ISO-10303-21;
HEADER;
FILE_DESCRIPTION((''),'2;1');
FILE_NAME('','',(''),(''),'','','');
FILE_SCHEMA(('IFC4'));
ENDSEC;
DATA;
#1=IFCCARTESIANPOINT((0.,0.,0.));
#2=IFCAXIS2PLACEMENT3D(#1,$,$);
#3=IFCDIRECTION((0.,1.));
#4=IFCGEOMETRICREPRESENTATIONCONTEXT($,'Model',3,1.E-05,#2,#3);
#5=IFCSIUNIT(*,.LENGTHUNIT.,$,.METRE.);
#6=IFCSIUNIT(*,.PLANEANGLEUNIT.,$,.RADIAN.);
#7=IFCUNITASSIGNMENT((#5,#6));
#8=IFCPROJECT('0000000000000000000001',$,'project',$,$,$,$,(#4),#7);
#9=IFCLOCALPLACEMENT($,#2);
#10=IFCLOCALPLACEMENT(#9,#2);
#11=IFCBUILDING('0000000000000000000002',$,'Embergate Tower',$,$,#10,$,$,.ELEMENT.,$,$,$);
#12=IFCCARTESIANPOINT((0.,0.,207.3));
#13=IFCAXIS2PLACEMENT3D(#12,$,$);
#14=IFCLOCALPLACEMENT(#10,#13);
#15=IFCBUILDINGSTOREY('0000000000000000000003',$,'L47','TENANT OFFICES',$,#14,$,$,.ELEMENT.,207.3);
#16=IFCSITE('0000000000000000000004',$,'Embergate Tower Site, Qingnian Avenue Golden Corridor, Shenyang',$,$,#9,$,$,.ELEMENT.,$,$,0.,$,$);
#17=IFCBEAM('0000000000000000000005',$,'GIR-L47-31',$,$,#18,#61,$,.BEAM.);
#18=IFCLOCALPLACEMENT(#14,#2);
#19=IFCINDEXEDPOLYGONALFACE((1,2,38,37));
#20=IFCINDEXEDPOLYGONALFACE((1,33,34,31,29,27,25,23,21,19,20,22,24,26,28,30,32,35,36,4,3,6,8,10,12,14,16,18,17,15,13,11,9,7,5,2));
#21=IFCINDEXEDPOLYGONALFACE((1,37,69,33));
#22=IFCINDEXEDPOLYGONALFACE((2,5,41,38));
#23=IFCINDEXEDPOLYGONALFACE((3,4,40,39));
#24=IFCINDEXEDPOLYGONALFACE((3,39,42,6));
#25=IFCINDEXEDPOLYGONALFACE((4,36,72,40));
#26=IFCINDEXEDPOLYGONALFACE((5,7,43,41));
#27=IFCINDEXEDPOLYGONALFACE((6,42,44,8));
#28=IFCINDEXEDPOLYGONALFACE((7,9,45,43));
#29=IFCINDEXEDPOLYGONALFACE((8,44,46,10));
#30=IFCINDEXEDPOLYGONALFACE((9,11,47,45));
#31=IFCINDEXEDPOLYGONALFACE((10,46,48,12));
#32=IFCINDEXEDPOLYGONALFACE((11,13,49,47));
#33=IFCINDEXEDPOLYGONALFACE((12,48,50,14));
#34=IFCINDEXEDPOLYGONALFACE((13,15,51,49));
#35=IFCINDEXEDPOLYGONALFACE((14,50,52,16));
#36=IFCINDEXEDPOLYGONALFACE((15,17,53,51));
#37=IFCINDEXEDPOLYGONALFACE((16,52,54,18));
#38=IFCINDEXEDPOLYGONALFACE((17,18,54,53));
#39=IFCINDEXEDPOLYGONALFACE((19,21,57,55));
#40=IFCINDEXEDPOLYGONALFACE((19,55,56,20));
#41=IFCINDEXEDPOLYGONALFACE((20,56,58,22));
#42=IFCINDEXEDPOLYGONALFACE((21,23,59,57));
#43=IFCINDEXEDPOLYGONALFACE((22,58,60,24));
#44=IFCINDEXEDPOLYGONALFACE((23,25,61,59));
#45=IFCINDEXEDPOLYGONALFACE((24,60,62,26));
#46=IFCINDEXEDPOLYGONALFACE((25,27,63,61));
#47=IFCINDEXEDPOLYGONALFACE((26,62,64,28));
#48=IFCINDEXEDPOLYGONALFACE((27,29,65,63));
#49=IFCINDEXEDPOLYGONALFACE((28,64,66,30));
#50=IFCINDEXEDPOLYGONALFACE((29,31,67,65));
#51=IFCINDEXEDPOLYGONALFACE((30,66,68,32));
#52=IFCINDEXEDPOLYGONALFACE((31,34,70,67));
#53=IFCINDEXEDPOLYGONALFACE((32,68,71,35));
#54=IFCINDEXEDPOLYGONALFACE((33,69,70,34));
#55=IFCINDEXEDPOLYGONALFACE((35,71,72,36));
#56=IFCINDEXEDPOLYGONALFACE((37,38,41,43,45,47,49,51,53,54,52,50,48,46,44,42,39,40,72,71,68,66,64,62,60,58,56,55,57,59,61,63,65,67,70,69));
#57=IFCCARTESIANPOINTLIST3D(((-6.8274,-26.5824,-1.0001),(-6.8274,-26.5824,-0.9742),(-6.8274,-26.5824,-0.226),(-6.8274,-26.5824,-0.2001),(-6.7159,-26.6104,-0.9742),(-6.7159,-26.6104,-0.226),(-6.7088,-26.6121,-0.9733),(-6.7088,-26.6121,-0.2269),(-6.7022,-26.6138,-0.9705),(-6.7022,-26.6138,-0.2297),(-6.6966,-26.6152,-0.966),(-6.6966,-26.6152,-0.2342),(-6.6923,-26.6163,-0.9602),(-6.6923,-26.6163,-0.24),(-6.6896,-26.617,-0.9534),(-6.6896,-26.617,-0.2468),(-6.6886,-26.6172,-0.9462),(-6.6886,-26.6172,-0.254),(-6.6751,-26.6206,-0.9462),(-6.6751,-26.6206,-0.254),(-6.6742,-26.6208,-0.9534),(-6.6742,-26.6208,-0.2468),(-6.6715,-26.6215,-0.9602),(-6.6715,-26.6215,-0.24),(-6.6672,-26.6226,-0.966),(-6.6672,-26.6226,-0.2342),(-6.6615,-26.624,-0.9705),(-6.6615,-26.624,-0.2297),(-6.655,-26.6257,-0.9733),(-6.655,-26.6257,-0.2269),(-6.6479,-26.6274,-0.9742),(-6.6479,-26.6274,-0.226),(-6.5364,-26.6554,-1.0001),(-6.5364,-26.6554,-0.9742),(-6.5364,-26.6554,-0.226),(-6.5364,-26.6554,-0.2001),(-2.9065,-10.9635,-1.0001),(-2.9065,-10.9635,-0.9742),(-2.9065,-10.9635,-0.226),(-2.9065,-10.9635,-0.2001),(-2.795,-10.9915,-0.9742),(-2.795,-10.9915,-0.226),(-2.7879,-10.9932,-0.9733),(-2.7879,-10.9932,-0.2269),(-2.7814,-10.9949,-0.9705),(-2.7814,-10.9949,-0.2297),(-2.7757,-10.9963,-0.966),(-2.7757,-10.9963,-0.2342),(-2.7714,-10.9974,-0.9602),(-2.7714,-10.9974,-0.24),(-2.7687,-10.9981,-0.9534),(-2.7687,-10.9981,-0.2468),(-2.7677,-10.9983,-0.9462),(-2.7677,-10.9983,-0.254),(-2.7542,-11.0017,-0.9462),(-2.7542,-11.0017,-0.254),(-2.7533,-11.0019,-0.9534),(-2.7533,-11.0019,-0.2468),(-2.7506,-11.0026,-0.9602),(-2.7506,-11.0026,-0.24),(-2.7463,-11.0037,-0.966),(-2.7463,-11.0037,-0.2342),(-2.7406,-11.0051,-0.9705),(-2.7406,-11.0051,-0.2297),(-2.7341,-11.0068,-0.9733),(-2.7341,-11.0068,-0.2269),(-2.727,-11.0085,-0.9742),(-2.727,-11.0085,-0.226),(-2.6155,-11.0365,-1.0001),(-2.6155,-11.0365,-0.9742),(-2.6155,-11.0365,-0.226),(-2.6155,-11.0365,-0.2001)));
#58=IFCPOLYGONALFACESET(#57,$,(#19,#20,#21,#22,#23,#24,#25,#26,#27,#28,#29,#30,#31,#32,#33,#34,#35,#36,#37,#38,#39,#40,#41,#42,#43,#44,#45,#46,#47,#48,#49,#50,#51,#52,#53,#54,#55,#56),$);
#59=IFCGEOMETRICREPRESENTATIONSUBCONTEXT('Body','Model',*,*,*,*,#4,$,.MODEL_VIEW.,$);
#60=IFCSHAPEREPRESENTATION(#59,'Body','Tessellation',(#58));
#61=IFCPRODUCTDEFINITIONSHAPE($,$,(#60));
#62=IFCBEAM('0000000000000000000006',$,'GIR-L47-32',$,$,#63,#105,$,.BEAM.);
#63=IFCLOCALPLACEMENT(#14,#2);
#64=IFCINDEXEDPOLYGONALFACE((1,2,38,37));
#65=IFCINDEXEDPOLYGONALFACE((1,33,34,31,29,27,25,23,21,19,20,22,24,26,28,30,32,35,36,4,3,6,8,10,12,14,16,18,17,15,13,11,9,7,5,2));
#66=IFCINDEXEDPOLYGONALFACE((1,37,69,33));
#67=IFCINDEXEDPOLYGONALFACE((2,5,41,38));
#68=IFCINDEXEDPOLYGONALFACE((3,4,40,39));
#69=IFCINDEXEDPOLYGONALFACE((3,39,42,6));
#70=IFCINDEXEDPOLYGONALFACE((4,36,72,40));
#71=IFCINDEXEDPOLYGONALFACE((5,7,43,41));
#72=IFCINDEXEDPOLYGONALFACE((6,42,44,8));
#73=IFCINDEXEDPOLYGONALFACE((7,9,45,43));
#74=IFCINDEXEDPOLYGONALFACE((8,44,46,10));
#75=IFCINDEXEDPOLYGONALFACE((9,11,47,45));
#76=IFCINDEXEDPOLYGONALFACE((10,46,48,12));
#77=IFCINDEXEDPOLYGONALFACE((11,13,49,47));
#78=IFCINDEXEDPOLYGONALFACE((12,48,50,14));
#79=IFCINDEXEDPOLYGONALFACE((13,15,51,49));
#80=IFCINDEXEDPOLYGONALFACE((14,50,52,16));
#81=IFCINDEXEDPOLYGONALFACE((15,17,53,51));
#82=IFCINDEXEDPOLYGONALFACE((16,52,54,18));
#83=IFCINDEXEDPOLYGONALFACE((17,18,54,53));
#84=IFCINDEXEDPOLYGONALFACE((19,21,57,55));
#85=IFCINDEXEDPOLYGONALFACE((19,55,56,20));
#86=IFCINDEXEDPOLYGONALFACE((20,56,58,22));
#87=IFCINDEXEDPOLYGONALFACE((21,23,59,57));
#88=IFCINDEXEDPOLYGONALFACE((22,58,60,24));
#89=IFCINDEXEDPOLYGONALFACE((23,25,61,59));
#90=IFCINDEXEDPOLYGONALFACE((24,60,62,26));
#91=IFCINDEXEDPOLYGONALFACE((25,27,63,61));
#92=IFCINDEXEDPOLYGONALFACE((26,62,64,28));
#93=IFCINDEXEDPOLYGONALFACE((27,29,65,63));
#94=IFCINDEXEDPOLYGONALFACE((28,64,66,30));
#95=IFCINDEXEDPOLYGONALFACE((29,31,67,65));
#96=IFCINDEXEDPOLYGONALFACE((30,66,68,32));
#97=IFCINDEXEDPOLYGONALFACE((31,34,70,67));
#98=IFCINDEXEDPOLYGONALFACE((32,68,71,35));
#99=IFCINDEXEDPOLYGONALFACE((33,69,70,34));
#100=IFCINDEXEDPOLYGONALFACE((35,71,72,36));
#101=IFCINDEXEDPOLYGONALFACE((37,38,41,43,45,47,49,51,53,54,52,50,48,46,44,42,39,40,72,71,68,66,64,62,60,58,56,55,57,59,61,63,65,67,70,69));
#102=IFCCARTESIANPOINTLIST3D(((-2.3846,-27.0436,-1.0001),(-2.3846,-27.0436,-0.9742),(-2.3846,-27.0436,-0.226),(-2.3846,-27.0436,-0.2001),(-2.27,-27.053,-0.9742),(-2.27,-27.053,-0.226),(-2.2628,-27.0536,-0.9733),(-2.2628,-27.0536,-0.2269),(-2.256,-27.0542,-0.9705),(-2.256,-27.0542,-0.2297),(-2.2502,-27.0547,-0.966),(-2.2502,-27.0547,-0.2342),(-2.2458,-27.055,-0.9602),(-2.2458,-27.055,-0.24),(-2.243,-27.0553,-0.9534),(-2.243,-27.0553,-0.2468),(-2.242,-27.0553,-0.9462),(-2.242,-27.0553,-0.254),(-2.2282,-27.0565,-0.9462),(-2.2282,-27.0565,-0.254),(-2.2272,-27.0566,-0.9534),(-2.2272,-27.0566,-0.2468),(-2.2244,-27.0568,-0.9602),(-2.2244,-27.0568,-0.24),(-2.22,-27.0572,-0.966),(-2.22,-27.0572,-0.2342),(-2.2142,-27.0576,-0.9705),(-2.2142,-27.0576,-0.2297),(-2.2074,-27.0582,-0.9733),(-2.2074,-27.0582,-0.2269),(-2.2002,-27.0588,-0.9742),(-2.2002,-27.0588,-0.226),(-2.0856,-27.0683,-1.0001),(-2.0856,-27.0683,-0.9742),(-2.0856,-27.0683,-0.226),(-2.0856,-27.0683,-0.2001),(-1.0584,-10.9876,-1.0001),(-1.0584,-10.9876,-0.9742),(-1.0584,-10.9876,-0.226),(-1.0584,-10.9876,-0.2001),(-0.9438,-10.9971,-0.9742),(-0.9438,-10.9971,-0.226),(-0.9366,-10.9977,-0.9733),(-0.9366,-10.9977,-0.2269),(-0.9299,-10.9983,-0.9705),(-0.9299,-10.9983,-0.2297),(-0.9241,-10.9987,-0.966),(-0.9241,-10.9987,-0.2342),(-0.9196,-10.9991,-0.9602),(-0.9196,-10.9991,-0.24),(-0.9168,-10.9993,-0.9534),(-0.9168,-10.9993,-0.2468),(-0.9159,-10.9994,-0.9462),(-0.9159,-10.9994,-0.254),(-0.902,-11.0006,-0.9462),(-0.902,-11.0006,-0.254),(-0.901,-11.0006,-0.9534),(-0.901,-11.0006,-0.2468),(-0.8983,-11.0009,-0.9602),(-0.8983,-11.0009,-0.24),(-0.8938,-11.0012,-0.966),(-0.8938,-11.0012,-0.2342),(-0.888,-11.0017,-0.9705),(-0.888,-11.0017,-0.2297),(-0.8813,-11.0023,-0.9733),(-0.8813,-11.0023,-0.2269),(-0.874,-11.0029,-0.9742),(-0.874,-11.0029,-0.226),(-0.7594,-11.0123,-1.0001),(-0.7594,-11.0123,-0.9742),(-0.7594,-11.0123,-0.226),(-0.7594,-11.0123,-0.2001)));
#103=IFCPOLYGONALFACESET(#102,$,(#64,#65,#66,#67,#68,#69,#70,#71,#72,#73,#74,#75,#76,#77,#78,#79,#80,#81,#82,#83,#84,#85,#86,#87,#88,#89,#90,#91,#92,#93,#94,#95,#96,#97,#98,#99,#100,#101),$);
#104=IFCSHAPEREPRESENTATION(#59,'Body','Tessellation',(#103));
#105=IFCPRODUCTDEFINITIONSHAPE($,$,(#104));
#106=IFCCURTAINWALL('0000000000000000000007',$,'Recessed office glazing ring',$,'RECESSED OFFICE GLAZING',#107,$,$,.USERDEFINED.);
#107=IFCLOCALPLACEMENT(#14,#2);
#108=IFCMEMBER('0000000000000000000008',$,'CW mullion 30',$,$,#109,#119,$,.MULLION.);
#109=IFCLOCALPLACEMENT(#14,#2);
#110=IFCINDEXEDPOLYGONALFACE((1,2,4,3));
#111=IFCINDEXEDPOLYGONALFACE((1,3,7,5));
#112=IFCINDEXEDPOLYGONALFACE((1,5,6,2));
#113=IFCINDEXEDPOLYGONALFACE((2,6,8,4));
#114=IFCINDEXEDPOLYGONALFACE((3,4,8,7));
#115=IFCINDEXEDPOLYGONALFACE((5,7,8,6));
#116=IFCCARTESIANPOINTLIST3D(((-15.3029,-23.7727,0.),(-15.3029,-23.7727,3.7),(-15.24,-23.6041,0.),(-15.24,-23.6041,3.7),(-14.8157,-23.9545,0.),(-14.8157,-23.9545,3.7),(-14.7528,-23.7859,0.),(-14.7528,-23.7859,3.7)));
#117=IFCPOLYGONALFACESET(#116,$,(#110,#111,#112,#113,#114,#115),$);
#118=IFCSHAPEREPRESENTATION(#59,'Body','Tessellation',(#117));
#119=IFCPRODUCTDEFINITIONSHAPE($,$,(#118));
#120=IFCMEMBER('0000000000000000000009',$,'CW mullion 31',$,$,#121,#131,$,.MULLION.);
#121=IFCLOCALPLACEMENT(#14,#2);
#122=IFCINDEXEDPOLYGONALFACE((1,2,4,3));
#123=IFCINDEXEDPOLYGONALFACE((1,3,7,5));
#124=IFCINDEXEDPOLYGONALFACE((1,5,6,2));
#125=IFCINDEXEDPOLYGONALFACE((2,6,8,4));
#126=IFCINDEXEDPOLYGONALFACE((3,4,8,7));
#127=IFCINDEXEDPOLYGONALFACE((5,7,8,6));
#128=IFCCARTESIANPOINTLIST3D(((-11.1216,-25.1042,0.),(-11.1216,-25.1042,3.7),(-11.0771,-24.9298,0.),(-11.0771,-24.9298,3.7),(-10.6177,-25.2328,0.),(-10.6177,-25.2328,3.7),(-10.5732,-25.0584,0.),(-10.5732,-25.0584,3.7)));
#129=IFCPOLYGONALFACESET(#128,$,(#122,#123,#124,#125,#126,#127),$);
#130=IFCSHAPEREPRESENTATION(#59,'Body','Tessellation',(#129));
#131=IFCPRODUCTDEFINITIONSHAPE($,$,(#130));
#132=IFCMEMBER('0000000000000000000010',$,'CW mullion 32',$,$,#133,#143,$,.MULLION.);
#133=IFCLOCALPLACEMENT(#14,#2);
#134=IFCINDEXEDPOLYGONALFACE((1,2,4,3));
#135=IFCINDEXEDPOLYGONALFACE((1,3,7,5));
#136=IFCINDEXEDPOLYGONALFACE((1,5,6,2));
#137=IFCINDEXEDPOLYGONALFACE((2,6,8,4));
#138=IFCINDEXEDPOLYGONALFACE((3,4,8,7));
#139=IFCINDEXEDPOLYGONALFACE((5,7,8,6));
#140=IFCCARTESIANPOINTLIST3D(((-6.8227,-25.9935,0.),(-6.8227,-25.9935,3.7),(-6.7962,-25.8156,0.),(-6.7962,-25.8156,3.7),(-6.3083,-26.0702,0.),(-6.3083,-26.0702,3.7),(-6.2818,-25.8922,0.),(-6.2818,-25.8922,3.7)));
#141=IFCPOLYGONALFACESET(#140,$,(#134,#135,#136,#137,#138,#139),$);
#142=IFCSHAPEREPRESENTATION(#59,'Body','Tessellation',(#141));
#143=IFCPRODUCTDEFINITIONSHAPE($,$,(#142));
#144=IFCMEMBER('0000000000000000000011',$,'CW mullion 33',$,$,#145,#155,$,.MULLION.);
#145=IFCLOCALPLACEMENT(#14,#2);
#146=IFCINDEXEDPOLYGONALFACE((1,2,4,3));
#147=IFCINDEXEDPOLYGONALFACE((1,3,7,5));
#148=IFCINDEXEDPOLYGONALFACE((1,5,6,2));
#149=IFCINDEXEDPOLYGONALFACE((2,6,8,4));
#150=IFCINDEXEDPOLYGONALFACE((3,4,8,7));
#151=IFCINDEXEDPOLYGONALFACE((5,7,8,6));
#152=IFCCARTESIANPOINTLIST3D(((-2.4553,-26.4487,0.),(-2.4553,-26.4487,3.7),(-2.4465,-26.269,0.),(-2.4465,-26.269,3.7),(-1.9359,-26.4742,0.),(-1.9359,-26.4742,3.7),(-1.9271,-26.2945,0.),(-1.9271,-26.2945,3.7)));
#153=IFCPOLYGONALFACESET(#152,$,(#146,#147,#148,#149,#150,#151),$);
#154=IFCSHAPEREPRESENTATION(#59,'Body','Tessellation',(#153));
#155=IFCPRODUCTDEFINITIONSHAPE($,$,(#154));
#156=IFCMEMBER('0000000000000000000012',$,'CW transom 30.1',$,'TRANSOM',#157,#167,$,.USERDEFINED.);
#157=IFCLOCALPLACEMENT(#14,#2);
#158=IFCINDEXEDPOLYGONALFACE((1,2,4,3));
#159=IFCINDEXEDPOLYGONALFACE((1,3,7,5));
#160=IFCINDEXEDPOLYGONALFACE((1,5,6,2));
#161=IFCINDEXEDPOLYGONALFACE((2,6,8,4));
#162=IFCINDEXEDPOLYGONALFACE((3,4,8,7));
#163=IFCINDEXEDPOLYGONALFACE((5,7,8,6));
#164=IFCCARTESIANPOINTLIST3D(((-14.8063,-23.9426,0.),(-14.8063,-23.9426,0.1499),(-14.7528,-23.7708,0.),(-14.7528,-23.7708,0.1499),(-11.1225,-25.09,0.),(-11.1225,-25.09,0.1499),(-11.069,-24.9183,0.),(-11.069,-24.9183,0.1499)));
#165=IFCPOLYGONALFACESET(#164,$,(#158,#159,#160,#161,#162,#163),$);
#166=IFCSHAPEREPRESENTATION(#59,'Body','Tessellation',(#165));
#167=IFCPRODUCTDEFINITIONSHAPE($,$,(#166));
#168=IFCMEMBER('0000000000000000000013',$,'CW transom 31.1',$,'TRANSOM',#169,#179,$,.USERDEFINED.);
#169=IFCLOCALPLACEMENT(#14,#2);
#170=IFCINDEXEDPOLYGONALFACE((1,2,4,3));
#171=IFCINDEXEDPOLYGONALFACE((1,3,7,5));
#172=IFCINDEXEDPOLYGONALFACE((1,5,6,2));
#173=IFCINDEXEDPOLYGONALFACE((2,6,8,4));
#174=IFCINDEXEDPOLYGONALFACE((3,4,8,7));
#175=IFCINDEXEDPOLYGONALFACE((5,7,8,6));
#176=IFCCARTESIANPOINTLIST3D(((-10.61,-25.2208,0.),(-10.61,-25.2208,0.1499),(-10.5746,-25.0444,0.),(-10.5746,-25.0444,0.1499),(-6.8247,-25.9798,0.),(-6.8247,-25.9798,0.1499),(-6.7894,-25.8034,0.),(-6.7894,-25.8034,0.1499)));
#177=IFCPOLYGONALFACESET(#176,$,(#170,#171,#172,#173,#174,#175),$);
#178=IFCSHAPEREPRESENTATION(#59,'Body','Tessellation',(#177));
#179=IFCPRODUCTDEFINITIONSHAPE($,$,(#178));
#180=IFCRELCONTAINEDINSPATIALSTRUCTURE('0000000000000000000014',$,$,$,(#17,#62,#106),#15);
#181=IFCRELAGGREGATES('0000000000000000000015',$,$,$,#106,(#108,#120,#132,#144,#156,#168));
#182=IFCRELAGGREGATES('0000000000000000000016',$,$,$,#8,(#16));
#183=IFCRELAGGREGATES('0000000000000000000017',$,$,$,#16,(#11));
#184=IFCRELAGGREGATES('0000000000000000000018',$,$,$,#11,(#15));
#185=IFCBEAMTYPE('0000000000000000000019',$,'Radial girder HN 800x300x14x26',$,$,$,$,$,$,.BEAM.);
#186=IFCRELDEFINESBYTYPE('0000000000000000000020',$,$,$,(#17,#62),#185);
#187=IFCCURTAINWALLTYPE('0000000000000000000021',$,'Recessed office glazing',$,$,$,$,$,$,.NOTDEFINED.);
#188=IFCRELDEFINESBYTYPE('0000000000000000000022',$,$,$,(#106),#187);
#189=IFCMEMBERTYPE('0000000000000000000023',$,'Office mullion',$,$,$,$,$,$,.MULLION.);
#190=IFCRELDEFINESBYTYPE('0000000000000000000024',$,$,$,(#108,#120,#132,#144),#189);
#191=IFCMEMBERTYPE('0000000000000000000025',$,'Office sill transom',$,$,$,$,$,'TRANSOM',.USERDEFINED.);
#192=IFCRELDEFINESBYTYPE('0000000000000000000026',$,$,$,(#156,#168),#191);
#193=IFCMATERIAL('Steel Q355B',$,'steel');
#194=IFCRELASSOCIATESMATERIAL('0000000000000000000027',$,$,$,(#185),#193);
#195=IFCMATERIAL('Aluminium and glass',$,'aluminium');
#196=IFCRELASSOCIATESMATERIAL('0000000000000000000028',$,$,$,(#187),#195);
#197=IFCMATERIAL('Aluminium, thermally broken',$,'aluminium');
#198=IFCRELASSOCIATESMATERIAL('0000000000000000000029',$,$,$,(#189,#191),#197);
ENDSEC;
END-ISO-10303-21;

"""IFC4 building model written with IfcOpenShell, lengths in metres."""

from ifc_helpers import new_model, si_unit, direction, frame, origin, origin_2d, place, context, subcontext, project, spatial, rectangle, i_section, extrude, source, transform, mapped, material, material_profile, profile_set, type_object, element, aggregate, save


model = new_model("IFC4")

# Units and contexts
model_context = context("Model", 3, precision=1e-05, world=origin(), true_north=direction((0.0, 1.0)))
body_context = subcontext(model_context, "Body", "Model", "MODEL_VIEW")
ifc_project = project(units=[si_unit("LENGTHUNIT", "METRE"), si_unit("PLANEANGLEUNIT", "RADIAN")], contexts=[model_context])

# Site, building, storey
site_placement = place(None, origin())
site = spatial("IfcSite", under=ifc_project, at=site_placement, Name="Embergate Tower Site, Qingnian Avenue Golden Corridor, Shenyang", CompositionType="ELEMENT", RefElevation=0.0)
building_placement = place(site_placement, origin())
building = spatial("IfcBuilding", under=site, at=building_placement, Name="Embergate Tower", CompositionType="ELEMENT")
storey_placement = place(building_placement, frame((0.0, 0.0, 207.3)))
storey = spatial("IfcBuildingStorey", under=building, at=storey_placement, Name="L47", Description="TENANT OFFICES", CompositionType="ELEMENT", Elevation=207.3)

# Beams
ifc_material_1 = material(Name="Steel Q355B", Category="steel")
ifc_material_profile_1 = material_profile(ifc_material_1, i_section(OverallWidth=0.3, OverallDepth=0.8, WebThickness=0.0139, FlangeThickness=0.0259, FilletRadius=0.0281, at=origin_2d()), Name="HN 800x300x14x26")
ifc_profile_set_1 = profile_set([ifc_material_profile_1], Name="Steel Q355 grade B")
beam_type_1 = type_object("IfcBeamType", Name="Radial girder HN 800x300x14x26", PredefinedType="BEAM", material=ifc_profile_set_1)
shared_shape_1 = source(origin(), body_context, "Body", "SweptSolid", [
    extrude(i_section(OverallWidth=0.3, OverallDepth=0.8, WebThickness=0.0139, FlangeThickness=0.0259, FilletRadius=0.0281, at=origin_2d()), origin(), (0.0, 0.0, 1.0), 16.1035),
])
beam_1_placement = place(storey_placement, frame((-6.6819, -26.6189, -0.6001), z_axis=(0.243481, 0.969906, 0.0), x_axis=(-0.969906, 0.243481, 0.0)))
element("IfcBeam", 1, at=beam_1_placement, inside=storey, type_object=beam_type_1, Name="GIR-L47-31", PredefinedType="BEAM", context=body_context, shape_type="MappedRepresentation", body=[
    mapped(shared_shape_1, transform((0.0, 0.0, 0.0))),
])
shared_shape_2 = source(origin(), body_context, "Body", "SweptSolid", [
    extrude(i_section(OverallWidth=0.3, OverallDepth=0.8, WebThickness=0.0139, FlangeThickness=0.0259, FilletRadius=0.0281, at=origin_2d()), origin(), (0.0, 0.0, 1.0), 16.1106),
])
beam_2_placement = place(storey_placement, frame((-2.2351, -27.0559, -0.6001), z_axis=(0.082317, 0.996606, 0.0), x_axis=(-0.996606, 0.082317, 0.0)))
element("IfcBeam", 2, at=beam_2_placement, inside=storey, type_object=beam_type_1, Name="GIR-L47-32", PredefinedType="BEAM", context=body_context, shape_type="MappedRepresentation", body=[
    mapped(shared_shape_2, transform((0.0, 0.0, 0.0))),
])

# Curtain wall, members
ifc_material_2 = material(Name="Aluminium and glass", Category="aluminium")
curtain_wall_type = type_object("IfcCurtainWallType", Name="Recessed office glazing", PredefinedType="NOTDEFINED", material=ifc_material_2)
curtain_wall_placement = place(storey_placement, origin())
curtain_wall = element("IfcCurtainWall", 3, at=curtain_wall_placement, inside=storey, type_object=curtain_wall_type, Name="Recessed office glazing ring", ObjectType="RECESSED OFFICE GLAZING", PredefinedType="USERDEFINED")
ifc_material_3 = material(Name="Aluminium, thermally broken", Category="aluminium")
ifc_material_profile_2 = material_profile(ifc_material_3, rectangle(XDim=0.1799, YDim=0.52, at=origin_2d()), Name="AL 520x180")
ifc_profile_set_2 = profile_set([ifc_material_profile_2], Name="Aluminium, thermally broken")
member_type_1 = type_object("IfcMemberType", Name="Office mullion", PredefinedType="MULLION", material=ifc_profile_set_2)
shared_shape_3 = source(origin(), body_context, "Body", "SweptSolid", [
    extrude(rectangle(XDim=0.1799, YDim=0.52, at=origin_2d()), origin(), (0.0, 0.0, 1.0), 3.7),
])
member_1_placement = place(storey_placement, frame((-15.0278, -23.7793, 0.0), z_axis=(0.0, 0.0, 1.0), x_axis=(0.349506, 0.936934, 0.0)))
member_1 = element("IfcMember", 4, at=member_1_placement, type_object=member_type_1, Name="CW mullion 30", PredefinedType="MULLION", context=body_context, shape_type="MappedRepresentation", body=[
    mapped(shared_shape_3, transform((0.0, 0.0, 0.0))),
])
member_2_placement = place(storey_placement, frame((-10.8474, -25.0813, 0.0), z_axis=(0.0, 0.0, 1.0), x_axis=(0.247315, 0.968935, 0.0)))
member_2 = element("IfcMember", 5, at=member_2_placement, type_object=member_type_1, Name="CW mullion 31", PredefinedType="MULLION", context=body_context, shape_type="MappedRepresentation", body=[
    mapped(shared_shape_3, transform((0.0, 0.0, 0.0))),
])
member_3_placement = place(storey_placement, frame((-6.5522, -25.9429, 0.0), z_axis=(0.0, 0.0, 1.0), x_axis=(0.147414, 0.989075, 0.0)))
member_3 = element("IfcMember", 6, at=member_3_placement, type_object=member_type_1, Name="CW mullion 32", PredefinedType="MULLION", context=body_context, shape_type="MappedRepresentation", body=[
    mapped(shared_shape_3, transform((0.0, 0.0, 0.0))),
])
member_4_placement = place(storey_placement, frame((-2.1912, -26.3716, 0.0), z_axis=(0.0, 0.0, 1.0), x_axis=(0.048972, 0.9988, 0.0)))
member_4 = element("IfcMember", 7, at=member_4_placement, type_object=member_type_1, Name="CW mullion 33", PredefinedType="MULLION", context=body_context, shape_type="MappedRepresentation", body=[
    mapped(shared_shape_3, transform((0.0, 0.0, 0.0))),
])
ifc_material_profile_3 = material_profile(ifc_material_3, rectangle(XDim=0.1799, YDim=0.1499, at=origin_2d()), Name="AL 150x180")
ifc_profile_set_3 = profile_set([ifc_material_profile_3], Name="Aluminium, thermally broken")
member_type_2 = type_object("IfcMemberType", Name="Office sill transom", ElementType="TRANSOM", PredefinedType="USERDEFINED", material=ifc_profile_set_3)
shared_shape_4 = source(origin(), body_context, "Body", "SweptSolid", [
    extrude(rectangle(XDim=0.1799, YDim=0.1499, at=origin_2d()), origin(), (0.0, 0.0, 1.0), 3.8584),
])
member_5_placement = place(storey_placement, frame((-14.7795, -23.8567, 0.075), z_axis=(0.954755, -0.297392, 0.0), x_axis=(0.297392, 0.954755, 0.0)))
member_5 = element("IfcMember", 8, at=member_5_placement, type_object=member_type_2, Name="CW transom 30.1", ObjectType="TRANSOM", PredefinedType="USERDEFINED", context=body_context, shape_type="MappedRepresentation", body=[
    mapped(shared_shape_4, transform((0.0, 0.0, 0.0))),
])
shared_shape_5 = source(origin(), body_context, "Body", "SweptSolid", [
    extrude(rectangle(XDim=0.1799, YDim=0.1499, at=origin_2d()), origin(), (0.0, 0.0, 1.0), 3.8606),
])
member_6_placement = place(storey_placement, frame((-10.5923, -25.1326, 0.075), z_axis=(0.980481, -0.196615, 0.0), x_axis=(0.196615, 0.980481, 0.0)))
member_6 = element("IfcMember", 9, at=member_6_placement, type_object=member_type_2, Name="CW transom 31.1", ObjectType="TRANSOM", PredefinedType="USERDEFINED", context=body_context, shape_type="MappedRepresentation", body=[
    mapped(shared_shape_5, transform((0.0, 0.0, 0.0))),
])

aggregate(curtain_wall, [member_1, member_2, member_3, member_4, member_5, member_6])

save(model, "model.ifc")
